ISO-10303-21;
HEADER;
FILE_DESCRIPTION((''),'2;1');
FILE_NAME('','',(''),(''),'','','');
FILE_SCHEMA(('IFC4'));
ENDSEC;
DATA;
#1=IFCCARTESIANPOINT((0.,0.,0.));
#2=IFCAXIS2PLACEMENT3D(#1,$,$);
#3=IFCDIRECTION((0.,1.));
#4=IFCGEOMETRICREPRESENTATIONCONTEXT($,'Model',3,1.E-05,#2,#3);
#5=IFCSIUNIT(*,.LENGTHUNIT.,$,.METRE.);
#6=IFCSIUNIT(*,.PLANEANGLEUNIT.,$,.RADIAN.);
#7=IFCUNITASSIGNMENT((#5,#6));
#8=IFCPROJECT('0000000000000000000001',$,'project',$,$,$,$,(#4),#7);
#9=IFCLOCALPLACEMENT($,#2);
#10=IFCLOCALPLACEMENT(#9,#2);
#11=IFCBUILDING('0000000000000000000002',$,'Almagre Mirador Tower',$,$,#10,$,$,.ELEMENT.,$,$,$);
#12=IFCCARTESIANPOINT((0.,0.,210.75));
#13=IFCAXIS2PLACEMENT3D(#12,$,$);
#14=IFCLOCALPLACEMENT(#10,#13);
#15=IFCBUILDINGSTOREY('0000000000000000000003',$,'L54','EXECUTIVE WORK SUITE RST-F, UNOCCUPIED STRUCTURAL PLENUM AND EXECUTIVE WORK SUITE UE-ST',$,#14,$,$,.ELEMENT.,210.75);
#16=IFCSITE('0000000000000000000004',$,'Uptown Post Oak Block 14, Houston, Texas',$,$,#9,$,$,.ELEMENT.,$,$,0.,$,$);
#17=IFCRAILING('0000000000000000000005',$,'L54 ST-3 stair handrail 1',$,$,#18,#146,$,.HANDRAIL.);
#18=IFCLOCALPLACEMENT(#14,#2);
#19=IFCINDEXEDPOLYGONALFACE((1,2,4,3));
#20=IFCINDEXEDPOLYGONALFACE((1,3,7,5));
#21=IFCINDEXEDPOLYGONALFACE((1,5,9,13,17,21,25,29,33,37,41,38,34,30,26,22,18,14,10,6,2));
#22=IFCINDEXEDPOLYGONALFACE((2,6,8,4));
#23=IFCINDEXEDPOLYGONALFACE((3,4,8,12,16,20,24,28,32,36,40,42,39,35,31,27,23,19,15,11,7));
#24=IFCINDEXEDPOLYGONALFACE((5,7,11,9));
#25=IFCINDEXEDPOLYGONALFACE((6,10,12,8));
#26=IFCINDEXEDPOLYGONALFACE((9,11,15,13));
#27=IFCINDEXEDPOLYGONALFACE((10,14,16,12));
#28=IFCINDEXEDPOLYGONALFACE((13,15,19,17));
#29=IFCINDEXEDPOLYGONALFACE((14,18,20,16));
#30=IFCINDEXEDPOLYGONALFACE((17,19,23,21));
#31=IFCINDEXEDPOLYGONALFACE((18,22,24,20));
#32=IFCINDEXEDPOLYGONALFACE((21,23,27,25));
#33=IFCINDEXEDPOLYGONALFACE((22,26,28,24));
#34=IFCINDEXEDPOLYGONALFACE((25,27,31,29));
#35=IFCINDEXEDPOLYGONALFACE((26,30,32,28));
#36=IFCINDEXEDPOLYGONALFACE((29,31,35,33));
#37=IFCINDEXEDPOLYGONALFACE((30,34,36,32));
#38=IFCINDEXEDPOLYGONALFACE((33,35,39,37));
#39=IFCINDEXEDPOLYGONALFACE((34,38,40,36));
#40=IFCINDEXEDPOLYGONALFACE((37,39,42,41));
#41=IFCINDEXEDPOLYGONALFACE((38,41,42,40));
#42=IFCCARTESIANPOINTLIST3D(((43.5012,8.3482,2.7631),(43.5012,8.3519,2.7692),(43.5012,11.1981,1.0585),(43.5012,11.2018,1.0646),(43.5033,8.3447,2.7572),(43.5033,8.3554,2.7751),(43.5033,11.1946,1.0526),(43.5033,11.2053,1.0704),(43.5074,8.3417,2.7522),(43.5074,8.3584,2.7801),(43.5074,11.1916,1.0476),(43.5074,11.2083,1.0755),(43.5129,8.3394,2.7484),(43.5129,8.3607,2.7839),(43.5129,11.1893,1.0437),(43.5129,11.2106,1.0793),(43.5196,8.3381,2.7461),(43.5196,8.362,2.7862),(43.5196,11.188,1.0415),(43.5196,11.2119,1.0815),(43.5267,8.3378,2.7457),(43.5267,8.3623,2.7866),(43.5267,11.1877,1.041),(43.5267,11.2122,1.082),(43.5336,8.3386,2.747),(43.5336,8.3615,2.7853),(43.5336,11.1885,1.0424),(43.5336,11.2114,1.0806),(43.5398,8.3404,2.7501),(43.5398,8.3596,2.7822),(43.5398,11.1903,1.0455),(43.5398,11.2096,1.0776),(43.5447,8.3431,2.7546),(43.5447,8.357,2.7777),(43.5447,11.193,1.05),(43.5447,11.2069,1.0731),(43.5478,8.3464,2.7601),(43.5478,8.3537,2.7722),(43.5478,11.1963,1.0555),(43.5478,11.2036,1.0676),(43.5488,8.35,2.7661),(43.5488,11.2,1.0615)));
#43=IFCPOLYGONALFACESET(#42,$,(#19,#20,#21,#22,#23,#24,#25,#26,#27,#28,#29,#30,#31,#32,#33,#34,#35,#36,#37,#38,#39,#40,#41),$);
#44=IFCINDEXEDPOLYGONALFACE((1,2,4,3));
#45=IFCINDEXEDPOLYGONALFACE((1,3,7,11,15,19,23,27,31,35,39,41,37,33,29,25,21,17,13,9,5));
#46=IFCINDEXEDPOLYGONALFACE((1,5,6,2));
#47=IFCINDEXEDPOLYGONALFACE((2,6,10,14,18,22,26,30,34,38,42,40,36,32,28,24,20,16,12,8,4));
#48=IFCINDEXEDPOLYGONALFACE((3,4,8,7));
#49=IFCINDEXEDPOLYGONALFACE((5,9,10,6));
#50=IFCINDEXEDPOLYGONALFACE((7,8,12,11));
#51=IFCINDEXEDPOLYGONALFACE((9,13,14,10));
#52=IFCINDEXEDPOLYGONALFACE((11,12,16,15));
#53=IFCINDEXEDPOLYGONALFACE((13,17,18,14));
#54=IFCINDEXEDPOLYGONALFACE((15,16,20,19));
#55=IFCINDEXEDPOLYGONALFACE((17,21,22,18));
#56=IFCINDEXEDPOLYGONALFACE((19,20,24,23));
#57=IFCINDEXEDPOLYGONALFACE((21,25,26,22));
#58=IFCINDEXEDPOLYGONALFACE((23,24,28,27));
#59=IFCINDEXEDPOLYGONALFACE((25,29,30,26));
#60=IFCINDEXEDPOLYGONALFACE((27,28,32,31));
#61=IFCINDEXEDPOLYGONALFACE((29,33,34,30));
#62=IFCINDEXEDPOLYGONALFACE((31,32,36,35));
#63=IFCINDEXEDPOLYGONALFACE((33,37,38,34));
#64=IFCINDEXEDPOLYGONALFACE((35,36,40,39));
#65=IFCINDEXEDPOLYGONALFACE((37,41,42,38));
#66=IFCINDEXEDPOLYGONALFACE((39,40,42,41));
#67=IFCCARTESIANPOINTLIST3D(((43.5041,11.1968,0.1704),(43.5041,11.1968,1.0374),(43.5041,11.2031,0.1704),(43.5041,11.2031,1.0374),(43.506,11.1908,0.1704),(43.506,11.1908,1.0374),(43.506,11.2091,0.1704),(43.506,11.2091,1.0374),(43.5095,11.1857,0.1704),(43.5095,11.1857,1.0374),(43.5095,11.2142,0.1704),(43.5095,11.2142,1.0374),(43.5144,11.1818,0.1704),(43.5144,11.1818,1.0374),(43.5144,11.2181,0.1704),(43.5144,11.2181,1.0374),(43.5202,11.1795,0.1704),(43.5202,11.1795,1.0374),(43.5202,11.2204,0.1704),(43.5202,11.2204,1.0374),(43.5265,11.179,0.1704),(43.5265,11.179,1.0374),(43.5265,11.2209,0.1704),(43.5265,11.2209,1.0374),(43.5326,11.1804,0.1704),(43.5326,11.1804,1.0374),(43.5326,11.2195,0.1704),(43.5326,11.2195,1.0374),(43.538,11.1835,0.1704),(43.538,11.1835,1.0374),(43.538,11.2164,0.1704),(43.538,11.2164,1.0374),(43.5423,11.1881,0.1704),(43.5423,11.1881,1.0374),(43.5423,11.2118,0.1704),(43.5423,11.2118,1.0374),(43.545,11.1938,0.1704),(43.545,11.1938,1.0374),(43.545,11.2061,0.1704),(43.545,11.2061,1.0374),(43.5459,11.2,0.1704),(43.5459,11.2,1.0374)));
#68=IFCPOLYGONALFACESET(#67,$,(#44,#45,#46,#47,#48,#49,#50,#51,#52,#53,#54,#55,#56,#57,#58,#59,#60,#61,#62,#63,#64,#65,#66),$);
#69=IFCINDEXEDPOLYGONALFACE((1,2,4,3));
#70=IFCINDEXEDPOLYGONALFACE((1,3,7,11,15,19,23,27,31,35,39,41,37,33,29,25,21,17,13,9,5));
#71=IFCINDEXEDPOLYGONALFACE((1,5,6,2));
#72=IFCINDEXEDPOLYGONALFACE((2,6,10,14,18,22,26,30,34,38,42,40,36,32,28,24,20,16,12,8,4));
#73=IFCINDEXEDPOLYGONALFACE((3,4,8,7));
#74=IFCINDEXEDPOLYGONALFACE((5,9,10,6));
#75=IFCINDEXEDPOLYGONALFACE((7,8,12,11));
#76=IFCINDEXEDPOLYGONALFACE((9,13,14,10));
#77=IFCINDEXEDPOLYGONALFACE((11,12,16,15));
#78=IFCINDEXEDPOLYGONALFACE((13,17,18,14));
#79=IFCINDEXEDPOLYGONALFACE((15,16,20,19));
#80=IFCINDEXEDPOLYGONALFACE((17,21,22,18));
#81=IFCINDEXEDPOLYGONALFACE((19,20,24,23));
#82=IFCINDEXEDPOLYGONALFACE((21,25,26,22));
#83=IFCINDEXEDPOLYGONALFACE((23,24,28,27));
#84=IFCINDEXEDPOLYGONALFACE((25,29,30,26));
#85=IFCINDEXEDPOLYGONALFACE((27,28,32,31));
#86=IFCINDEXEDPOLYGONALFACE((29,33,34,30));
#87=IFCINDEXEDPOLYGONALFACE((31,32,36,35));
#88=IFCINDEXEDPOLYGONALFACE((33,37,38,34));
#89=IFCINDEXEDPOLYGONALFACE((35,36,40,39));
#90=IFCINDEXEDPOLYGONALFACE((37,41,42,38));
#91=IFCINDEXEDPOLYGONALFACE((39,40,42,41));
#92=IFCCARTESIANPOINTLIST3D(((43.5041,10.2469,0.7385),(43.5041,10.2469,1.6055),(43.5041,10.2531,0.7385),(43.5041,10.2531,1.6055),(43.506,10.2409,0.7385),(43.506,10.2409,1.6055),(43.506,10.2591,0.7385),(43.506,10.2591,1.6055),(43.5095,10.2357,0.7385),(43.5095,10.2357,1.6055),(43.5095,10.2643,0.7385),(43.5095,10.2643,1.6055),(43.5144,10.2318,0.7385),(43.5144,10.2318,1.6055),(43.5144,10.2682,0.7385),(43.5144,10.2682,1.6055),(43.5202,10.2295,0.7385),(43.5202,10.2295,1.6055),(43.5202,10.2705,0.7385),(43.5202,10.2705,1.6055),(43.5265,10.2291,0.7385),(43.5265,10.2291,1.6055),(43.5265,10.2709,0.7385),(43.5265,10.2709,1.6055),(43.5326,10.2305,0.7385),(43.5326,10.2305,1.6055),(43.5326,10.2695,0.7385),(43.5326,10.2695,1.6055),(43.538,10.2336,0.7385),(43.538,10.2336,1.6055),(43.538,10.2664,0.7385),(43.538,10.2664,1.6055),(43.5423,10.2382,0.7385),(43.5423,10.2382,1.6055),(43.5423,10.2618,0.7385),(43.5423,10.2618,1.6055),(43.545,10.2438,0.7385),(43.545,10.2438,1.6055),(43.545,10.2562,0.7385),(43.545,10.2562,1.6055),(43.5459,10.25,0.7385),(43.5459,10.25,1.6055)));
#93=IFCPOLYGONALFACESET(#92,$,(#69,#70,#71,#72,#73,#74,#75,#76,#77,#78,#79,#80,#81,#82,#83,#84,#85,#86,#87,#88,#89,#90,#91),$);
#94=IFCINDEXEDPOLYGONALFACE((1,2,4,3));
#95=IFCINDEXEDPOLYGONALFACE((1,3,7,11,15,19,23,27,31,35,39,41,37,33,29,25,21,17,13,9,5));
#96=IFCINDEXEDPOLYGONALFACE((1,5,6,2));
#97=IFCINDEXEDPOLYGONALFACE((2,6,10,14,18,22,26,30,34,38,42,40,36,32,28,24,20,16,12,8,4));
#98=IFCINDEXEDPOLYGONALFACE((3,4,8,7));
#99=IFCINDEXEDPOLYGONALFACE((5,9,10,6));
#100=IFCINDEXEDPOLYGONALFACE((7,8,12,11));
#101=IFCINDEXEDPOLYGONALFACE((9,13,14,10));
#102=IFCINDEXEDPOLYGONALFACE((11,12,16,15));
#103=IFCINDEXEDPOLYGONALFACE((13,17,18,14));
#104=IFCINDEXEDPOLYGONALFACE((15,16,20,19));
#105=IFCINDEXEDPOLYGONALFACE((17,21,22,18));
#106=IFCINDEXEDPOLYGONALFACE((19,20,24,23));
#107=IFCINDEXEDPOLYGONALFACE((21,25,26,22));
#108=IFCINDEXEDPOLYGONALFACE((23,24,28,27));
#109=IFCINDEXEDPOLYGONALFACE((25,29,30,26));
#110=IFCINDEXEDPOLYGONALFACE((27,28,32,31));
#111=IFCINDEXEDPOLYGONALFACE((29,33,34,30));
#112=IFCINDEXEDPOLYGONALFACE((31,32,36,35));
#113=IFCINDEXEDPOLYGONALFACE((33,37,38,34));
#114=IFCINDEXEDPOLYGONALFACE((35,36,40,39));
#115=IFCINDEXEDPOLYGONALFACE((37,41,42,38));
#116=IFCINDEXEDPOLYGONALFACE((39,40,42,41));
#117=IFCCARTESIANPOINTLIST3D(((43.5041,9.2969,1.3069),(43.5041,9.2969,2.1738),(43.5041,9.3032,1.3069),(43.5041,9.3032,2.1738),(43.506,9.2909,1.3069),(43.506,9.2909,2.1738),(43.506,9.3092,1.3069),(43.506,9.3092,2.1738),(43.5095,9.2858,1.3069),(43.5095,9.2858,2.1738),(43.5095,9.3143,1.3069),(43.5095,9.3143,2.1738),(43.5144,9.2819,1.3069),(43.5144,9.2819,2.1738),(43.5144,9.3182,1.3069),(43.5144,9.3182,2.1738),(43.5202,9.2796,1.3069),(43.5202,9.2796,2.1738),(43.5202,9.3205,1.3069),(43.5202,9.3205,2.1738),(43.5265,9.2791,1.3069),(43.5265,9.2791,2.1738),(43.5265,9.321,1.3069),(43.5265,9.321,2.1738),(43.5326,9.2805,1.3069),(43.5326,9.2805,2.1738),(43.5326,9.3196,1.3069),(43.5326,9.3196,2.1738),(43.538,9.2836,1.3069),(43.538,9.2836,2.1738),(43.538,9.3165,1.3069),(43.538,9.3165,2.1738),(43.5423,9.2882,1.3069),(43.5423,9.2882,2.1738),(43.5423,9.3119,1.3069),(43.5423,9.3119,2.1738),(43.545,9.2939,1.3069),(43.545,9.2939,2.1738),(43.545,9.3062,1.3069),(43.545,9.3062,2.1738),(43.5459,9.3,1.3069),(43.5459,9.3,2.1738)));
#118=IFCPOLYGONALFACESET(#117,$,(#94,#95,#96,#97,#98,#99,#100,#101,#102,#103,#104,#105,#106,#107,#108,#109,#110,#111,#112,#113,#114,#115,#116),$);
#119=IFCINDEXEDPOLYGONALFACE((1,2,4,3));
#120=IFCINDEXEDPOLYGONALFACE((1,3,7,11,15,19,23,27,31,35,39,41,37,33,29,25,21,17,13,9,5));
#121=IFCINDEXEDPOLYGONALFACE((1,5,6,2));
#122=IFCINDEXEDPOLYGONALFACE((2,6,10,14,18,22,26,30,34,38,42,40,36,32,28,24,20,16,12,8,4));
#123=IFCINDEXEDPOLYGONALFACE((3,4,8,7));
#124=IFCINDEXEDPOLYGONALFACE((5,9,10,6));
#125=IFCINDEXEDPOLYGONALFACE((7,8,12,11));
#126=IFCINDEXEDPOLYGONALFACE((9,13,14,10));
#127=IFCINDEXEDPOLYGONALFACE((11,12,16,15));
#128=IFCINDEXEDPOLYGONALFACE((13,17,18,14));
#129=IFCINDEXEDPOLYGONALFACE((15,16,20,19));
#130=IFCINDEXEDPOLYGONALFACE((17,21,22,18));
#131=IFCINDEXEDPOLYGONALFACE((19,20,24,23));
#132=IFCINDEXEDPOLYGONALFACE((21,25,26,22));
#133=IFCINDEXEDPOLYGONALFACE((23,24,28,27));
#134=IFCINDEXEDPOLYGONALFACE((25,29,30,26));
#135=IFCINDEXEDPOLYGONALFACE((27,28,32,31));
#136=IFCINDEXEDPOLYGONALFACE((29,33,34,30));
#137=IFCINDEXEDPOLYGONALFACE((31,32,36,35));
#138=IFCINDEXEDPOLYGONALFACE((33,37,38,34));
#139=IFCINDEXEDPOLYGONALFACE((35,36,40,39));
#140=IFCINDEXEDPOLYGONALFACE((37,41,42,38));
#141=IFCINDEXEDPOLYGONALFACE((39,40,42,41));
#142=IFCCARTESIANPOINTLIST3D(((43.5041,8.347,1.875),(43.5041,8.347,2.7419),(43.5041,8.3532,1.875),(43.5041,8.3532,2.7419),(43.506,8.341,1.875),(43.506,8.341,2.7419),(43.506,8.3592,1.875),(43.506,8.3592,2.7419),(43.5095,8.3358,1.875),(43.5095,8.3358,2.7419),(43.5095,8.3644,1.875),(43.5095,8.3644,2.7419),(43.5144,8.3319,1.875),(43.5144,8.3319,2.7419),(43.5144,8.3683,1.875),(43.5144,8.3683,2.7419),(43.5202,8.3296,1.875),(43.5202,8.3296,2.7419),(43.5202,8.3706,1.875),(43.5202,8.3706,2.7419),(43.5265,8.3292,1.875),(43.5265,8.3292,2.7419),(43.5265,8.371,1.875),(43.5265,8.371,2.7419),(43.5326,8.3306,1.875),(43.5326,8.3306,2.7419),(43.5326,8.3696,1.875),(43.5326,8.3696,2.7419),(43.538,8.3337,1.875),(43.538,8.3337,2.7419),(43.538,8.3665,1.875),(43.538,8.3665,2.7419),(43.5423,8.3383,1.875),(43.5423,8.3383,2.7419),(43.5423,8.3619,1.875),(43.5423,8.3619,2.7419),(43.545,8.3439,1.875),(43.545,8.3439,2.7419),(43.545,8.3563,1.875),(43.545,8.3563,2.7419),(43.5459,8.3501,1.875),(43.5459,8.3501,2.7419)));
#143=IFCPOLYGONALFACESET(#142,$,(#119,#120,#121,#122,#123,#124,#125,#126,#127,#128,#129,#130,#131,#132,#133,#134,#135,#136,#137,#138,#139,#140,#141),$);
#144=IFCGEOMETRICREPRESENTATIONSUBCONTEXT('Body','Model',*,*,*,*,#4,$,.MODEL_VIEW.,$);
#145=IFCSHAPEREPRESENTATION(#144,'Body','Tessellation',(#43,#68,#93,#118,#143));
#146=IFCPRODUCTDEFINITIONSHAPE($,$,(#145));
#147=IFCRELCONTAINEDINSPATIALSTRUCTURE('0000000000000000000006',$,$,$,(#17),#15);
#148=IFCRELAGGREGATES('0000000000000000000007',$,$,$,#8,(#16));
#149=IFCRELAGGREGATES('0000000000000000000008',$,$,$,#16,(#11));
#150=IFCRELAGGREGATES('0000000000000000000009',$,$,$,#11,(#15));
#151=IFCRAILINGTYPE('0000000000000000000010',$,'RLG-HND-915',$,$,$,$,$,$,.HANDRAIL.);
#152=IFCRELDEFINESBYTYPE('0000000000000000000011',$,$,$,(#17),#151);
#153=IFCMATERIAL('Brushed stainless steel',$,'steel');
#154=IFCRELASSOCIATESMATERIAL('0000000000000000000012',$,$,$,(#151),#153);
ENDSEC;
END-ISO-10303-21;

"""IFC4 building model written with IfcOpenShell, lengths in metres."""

from ifc_helpers import new_model, si_unit, direction, frame, origin, origin_2d, place, context, subcontext, project, spatial, circle, extrude, material, type_object, element, save


model = new_model("IFC4")

# Units and contexts
model_context = context("Model", 3, precision=1e-05, world=origin(), true_north=direction((0.0, 1.0)))
body_context = subcontext(model_context, "Body", "Model", "MODEL_VIEW")
ifc_project = project(units=[si_unit("LENGTHUNIT", "METRE"), si_unit("PLANEANGLEUNIT", "RADIAN")], contexts=[model_context])

# Site, building, storey
site_placement = place(None, origin())
site = spatial("IfcSite", under=ifc_project, at=site_placement, Name="Uptown Post Oak Block 14, Houston, Texas", CompositionType="ELEMENT", RefElevation=0.0)
building_placement = place(site_placement, origin())
building = spatial("IfcBuilding", under=site, at=building_placement, Name="Almagre Mirador Tower", CompositionType="ELEMENT")
storey_placement = place(building_placement, frame((0.0, 0.0, 210.75)))
storey = spatial("IfcBuildingStorey", under=building, at=storey_placement, Name="L54", Description="EXECUTIVE WORK SUITE RST-F, UNOCCUPIED STRUCTURAL PLENUM AND EXECUTIVE WORK SUITE UE-ST", CompositionType="ELEMENT", Elevation=210.75)

# Railing
ifc_material_1 = material(Name="Brushed stainless steel", Category="steel")
railing_type_1 = type_object("IfcRailingType", Name="RLG-HND-915", PredefinedType="HANDRAIL", material=ifc_material_1)
railing_1_placement = place(storey_placement, frame((43.5249, 11.2, 0.1704)))
element("IfcRailing", 1, at=railing_1_placement, inside=storey, type_object=railing_type_1, Name="L54 ST-3 stair handrail 1", PredefinedType="HANDRAIL", context=body_context, shape_type="SweptSolid", body=[
    extrude(circle(Radius=0.0239, at=origin_2d()), frame((0.0, 0.0, 0.8911), z_axis=(0.0, -0.858199, 0.513317), x_axis=(1.0, 0.0, 0.0)), (0.0, 0.0, 1.0), 3.3208),
    extrude(circle(Radius=0.021, at=origin_2d()), origin(), (0.0, 0.0, 1.0), 0.8669),
    extrude(circle(Radius=0.021, at=origin_2d()), frame((0.0, -0.95, 0.5681)), (0.0, 0.0, 1.0), 0.8669),
    extrude(circle(Radius=0.021, at=origin_2d()), frame((0.0, -1.8999, 1.1365)), (0.0, 0.0, 1.0), 0.8669),
    extrude(circle(Radius=0.021, at=origin_2d()), frame((0.0, -2.8499, 1.7046)), (0.0, 0.0, 1.0), 0.8669),
])

save(model, "model.ifc")
